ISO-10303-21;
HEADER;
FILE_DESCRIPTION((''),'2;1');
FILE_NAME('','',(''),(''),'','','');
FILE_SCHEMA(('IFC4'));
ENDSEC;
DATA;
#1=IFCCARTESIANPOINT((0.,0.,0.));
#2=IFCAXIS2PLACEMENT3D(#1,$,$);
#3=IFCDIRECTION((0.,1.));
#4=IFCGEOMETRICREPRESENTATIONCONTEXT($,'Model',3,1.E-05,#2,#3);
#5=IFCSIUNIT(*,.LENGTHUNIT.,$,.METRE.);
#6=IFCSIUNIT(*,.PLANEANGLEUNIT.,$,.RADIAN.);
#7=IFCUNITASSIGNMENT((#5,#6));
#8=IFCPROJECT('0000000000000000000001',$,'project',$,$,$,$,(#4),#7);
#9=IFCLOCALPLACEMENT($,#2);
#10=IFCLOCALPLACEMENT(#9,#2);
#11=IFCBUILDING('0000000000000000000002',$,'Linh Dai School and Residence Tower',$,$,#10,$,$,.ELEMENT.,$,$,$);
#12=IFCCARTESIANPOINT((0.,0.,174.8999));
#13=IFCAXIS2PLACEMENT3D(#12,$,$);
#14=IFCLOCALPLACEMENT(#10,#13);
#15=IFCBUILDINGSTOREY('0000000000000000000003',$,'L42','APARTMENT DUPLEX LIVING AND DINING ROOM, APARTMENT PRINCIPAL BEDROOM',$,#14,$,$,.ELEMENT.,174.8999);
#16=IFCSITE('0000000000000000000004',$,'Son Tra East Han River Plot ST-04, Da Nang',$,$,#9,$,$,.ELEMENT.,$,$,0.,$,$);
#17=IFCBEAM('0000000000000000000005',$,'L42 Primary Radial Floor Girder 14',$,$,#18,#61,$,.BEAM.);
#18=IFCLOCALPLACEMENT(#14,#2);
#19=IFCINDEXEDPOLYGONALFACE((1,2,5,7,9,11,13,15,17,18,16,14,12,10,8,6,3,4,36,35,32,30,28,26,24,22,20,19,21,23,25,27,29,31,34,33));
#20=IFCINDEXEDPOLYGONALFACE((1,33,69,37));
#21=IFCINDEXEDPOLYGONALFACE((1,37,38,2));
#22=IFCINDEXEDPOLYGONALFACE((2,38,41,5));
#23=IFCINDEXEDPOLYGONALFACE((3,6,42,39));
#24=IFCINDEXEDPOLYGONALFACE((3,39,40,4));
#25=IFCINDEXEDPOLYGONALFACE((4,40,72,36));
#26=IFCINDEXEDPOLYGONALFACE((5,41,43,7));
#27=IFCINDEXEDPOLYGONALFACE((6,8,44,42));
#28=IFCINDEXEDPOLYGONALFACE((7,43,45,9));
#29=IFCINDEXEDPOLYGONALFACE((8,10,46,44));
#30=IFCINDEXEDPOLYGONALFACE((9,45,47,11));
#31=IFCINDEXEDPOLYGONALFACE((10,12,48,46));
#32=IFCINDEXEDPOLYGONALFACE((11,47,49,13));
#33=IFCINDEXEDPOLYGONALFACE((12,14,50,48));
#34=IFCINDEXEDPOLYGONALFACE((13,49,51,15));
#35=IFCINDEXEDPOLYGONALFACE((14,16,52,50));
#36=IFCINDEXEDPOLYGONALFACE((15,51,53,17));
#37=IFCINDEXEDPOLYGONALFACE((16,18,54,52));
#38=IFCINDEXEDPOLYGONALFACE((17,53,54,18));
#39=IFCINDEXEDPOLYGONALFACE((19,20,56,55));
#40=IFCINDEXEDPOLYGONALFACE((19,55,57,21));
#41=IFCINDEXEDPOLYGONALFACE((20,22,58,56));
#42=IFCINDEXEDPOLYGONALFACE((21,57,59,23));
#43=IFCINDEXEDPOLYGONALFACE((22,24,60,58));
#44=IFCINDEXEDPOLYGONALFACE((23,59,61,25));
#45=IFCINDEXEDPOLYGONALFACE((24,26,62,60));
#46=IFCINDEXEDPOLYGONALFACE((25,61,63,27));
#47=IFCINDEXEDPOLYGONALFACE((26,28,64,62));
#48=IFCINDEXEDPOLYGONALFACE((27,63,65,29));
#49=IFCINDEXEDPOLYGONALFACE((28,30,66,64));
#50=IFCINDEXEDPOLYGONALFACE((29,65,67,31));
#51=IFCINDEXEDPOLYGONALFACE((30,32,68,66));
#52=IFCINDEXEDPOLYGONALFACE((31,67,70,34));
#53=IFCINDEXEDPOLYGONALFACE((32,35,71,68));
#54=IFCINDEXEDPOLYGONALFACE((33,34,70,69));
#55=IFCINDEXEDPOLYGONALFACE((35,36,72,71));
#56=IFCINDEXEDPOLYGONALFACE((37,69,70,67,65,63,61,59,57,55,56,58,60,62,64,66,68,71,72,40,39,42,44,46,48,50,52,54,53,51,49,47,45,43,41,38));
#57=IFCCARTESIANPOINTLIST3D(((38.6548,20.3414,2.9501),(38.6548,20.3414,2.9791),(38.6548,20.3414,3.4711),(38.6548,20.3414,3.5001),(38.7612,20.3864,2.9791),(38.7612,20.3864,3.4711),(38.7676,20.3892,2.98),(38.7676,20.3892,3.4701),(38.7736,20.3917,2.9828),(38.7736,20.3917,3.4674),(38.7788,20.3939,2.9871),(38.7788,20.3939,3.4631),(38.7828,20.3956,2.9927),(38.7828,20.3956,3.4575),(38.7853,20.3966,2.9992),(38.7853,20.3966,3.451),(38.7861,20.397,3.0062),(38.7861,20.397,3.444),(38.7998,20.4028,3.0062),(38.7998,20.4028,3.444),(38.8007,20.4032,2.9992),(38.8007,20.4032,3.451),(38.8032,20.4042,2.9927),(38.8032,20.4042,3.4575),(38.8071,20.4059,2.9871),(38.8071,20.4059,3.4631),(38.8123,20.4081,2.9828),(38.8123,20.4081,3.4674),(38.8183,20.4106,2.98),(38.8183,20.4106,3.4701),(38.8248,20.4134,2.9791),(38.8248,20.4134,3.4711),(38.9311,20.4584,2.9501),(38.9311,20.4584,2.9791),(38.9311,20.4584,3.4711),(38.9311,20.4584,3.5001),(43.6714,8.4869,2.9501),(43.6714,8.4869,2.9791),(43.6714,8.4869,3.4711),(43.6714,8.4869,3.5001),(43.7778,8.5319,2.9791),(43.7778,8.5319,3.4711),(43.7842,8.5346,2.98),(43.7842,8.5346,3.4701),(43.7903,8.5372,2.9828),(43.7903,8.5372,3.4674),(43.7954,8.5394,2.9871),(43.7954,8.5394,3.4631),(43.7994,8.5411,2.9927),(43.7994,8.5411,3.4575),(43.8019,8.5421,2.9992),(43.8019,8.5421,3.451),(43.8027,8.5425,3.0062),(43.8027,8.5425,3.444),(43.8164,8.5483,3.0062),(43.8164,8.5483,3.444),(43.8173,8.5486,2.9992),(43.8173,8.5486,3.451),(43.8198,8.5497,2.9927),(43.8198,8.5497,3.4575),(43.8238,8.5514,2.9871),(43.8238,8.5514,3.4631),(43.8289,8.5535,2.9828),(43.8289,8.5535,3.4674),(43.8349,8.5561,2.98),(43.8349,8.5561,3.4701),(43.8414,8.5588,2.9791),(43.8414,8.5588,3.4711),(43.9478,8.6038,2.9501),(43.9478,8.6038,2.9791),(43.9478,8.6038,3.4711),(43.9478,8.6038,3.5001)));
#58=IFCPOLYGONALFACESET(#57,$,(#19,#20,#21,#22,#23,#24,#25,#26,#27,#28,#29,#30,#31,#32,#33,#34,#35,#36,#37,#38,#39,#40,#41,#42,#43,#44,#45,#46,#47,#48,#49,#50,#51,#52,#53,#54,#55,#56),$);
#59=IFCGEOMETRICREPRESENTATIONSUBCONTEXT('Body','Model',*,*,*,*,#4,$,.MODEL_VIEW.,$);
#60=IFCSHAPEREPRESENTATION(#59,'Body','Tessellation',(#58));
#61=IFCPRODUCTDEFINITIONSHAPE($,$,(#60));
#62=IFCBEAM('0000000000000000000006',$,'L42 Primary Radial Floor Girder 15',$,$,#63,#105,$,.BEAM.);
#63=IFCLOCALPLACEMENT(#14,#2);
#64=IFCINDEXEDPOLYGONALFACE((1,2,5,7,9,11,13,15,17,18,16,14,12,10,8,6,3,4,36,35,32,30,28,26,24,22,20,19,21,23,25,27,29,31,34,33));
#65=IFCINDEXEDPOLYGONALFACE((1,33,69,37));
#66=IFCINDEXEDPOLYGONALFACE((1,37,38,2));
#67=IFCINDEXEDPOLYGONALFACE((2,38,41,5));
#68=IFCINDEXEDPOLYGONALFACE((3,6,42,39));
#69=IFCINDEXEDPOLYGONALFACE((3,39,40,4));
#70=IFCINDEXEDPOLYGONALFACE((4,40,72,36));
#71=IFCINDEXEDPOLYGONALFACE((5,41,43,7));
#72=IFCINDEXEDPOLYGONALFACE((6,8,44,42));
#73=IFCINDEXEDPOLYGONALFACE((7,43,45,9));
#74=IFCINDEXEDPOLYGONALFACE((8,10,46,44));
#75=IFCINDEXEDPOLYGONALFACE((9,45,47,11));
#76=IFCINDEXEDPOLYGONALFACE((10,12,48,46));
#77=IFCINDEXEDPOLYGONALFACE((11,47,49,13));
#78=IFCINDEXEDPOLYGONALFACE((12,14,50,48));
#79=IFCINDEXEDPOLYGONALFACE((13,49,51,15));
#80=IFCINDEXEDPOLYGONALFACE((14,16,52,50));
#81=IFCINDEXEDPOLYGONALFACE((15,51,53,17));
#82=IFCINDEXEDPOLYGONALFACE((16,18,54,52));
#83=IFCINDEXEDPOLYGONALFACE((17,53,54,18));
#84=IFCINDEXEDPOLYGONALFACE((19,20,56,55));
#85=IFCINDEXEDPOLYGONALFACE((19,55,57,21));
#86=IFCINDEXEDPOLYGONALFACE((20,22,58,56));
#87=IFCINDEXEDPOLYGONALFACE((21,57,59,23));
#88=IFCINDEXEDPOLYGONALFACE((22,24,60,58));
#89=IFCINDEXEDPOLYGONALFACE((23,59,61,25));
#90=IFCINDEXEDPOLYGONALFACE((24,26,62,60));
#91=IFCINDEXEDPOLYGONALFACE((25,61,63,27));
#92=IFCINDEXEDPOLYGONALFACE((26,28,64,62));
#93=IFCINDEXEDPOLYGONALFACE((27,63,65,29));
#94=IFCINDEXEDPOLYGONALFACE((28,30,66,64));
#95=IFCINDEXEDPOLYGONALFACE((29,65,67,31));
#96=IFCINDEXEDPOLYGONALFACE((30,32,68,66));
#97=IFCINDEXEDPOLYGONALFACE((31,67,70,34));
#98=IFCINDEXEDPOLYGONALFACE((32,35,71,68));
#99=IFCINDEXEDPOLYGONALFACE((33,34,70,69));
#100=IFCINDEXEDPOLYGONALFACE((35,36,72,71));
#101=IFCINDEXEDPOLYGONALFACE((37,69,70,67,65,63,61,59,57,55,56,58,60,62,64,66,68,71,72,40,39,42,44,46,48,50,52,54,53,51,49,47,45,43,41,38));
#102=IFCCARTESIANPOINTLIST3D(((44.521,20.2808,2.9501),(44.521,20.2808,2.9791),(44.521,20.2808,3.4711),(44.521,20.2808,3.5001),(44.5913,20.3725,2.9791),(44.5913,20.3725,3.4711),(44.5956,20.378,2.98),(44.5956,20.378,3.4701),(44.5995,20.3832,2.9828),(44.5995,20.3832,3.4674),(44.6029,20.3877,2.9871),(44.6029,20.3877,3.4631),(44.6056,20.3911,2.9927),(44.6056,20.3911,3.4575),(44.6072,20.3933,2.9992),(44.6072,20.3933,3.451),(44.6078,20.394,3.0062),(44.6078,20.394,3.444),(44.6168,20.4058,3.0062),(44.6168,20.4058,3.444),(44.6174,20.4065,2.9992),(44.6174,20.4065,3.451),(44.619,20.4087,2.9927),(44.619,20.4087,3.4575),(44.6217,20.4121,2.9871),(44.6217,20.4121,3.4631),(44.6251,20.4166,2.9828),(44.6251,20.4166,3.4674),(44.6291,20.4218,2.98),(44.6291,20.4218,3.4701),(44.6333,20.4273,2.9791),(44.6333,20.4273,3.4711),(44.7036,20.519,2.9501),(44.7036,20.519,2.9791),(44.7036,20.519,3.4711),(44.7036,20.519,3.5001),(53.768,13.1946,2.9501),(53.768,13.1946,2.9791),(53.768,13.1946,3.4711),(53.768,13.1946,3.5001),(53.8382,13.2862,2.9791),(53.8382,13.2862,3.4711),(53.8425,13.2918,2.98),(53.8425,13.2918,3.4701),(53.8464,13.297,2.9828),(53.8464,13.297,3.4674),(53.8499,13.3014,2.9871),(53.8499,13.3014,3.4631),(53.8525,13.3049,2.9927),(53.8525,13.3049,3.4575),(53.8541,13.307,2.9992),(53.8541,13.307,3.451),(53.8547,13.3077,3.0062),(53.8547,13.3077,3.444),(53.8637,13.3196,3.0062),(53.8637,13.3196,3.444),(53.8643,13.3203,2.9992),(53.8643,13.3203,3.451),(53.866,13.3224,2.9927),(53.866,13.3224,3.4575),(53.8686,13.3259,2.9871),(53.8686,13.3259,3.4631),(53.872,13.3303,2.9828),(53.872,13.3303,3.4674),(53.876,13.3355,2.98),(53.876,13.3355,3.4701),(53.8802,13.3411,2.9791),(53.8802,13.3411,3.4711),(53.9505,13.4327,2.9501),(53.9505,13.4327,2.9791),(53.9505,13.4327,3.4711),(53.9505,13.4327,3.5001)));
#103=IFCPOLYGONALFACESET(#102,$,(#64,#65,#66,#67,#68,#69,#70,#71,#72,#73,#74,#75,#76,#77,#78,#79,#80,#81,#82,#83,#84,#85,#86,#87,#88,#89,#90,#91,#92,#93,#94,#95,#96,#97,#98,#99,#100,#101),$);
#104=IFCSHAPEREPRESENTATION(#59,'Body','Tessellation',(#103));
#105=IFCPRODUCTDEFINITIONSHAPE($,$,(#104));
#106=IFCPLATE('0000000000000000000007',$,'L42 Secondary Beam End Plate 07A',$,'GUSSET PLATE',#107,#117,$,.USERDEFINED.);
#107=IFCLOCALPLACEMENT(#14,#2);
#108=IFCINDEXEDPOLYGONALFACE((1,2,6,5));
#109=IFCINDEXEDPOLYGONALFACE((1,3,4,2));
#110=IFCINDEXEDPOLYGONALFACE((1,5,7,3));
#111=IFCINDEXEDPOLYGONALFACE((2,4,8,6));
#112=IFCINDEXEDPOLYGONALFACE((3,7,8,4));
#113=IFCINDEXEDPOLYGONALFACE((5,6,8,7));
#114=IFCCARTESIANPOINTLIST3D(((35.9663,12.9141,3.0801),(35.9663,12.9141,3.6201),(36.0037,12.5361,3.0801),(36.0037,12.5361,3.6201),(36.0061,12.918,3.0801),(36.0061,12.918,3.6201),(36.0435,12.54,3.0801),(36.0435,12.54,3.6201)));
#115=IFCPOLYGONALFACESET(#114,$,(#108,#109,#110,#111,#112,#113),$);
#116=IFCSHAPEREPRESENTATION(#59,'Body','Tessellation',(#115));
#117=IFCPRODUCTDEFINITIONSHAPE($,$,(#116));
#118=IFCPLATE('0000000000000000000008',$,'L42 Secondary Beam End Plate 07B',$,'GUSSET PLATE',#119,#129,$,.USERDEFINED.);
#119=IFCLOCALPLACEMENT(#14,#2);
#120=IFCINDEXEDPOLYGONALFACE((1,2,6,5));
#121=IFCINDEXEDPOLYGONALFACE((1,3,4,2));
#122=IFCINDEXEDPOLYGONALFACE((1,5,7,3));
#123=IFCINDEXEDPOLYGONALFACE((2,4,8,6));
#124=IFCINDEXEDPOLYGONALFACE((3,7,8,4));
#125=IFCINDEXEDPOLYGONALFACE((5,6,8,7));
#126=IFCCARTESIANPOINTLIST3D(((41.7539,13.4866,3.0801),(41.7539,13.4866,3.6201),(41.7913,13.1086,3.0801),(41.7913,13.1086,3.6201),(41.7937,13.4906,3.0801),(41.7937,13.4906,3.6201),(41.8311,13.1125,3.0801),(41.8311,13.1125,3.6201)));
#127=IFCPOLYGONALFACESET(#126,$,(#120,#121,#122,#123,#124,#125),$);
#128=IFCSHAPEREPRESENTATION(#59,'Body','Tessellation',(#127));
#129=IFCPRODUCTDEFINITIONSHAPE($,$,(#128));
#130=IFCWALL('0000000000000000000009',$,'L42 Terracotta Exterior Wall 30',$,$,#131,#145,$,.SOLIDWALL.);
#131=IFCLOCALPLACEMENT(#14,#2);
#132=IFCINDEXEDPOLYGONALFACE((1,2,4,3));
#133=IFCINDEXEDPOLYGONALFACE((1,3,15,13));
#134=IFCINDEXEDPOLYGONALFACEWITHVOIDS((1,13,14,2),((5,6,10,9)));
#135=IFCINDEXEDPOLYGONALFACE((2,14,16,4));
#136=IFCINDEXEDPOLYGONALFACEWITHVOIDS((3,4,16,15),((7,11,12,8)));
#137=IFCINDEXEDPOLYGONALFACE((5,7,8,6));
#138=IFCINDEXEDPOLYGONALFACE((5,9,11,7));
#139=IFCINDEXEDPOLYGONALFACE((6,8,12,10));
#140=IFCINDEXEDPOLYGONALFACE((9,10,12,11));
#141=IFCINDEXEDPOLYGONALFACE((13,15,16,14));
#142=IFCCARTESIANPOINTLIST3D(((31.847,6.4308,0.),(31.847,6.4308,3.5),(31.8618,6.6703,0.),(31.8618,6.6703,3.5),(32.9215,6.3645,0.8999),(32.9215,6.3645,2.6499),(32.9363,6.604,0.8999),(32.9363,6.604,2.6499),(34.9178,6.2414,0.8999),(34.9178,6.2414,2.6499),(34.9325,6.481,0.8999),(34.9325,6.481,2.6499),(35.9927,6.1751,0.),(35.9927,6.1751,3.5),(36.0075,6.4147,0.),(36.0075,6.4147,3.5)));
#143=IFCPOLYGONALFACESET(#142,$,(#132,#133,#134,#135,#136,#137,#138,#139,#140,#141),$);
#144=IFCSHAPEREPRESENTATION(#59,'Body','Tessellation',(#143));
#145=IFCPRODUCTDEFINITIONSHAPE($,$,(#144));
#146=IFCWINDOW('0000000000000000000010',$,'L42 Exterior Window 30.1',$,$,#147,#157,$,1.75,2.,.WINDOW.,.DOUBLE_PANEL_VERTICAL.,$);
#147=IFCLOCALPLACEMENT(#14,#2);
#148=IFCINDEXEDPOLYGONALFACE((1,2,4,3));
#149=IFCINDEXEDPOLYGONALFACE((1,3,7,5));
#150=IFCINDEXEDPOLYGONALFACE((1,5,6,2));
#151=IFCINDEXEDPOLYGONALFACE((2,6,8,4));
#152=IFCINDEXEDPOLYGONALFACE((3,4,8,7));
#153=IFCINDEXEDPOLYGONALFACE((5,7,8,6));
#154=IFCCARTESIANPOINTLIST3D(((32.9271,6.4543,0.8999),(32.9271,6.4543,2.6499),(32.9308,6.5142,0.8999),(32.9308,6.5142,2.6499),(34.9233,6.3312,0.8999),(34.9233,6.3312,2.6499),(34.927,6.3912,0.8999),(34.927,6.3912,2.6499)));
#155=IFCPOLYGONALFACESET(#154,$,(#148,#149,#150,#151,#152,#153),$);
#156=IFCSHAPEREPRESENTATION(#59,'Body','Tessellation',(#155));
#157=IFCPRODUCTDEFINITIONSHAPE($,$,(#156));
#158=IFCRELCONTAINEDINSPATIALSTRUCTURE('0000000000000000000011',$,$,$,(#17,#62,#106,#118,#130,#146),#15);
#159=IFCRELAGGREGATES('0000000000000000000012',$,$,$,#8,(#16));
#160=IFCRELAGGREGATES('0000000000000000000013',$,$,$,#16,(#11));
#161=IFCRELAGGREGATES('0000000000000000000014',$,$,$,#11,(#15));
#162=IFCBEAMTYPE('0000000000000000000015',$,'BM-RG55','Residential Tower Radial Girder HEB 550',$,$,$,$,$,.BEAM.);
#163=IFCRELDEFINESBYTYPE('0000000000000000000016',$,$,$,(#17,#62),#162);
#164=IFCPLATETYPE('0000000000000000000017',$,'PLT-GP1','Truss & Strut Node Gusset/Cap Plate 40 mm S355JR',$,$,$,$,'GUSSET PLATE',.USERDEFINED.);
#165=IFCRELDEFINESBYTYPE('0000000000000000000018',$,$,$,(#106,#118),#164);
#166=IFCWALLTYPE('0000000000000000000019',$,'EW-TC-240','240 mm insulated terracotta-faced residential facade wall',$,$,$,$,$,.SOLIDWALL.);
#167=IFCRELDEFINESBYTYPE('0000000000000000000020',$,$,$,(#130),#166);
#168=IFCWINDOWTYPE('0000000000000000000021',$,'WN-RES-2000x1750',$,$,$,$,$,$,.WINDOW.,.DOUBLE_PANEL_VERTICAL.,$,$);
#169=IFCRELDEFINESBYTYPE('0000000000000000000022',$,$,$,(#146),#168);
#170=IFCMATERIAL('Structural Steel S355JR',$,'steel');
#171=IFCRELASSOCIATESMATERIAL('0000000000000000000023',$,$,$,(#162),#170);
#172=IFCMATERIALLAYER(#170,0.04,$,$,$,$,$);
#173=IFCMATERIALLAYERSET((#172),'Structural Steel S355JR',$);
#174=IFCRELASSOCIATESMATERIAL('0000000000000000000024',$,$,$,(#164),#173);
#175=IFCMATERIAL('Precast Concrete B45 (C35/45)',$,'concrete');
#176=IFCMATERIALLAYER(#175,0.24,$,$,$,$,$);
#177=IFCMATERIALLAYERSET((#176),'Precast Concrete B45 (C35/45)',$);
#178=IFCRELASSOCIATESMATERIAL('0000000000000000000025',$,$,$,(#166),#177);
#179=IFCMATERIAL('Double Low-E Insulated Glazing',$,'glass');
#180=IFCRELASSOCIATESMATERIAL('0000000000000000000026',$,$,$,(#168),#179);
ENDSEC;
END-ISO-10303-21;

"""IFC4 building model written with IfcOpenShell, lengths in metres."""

from ifc_helpers import new_model, si_unit, direction, frame, frame_2d, origin, origin_2d, place, context, subcontext, project, spatial, rectangle, i_section, extrude, source, transform, mapped, material, layer, layer_set, material_profile, profile_set, type_object, element, fill, save


model = new_model("IFC4")

# Units and contexts
model_context = context("Model", 3, precision=1e-05, world=origin(), true_north=direction((0.0, 1.0)))
body_context = subcontext(model_context, "Body", "Model", "MODEL_VIEW")
ifc_project = project(units=[si_unit("LENGTHUNIT", "METRE"), si_unit("PLANEANGLEUNIT", "RADIAN")], contexts=[model_context])

# Site, building, storey
site_placement = place(None, origin())
site = spatial("IfcSite", under=ifc_project, at=site_placement, Name="Son Tra East Han River Plot ST-04, Da Nang", CompositionType="ELEMENT", RefElevation=0.0)
building_placement = place(site_placement, origin())
building = spatial("IfcBuilding", under=site, at=building_placement, Name="Linh Dai School and Residence Tower", CompositionType="ELEMENT")
storey_placement = place(building_placement, frame((0.0, 0.0, 174.8999)))
storey = spatial("IfcBuildingStorey", under=building, at=storey_placement, Name="L42", Description="APARTMENT DUPLEX LIVING AND DINING ROOM, APARTMENT PRINCIPAL BEDROOM", CompositionType="ELEMENT", Elevation=174.8999)

# Shared definitions
ifc_material_1 = material(Name="Structural Steel S355JR", Category="steel")

# Beams
ifc_material_profile_1 = material_profile(ifc_material_1, i_section(OverallWidth=0.3, OverallDepth=0.55, WebThickness=0.0149, FlangeThickness=0.0291, FilletRadius=0.0271, at=origin_2d()), Name="HEB 550")
ifc_profile_set_1 = profile_set([ifc_material_profile_1], Name="Structural Steel S355JR")
beam_type_1 = type_object("IfcBeamType", Name="BM-RG55", Description="Residential Tower Radial Girder HEB 550", PredefinedType="BEAM", material=ifc_profile_set_1)
beam_1_placement = place(storey_placement, frame((38.793, 20.3999, 3.2251), z_axis=(0.389722, -0.920933, 0.0), x_axis=(0.920933, 0.389722, 0.0)))
element("IfcBeam", 1, at=beam_1_placement, inside=storey, type_object=beam_type_1, Name="L42 Primary Radial Floor Girder 14", PredefinedType="BEAM", context=body_context, shape_type="SweptSolid", body=[
    extrude(i_section(OverallWidth=0.3, OverallDepth=0.55, WebThickness=0.0149, FlangeThickness=0.0291, FilletRadius=0.0271, at=origin_2d()), origin(), (0.0, 0.0, 1.0), 12.8723),
])
beam_2_placement = place(storey_placement, frame((44.6123, 20.3999, 3.2251), z_axis=(0.793733, -0.608267, 0.0), x_axis=(0.608267, 0.793733, 0.0)))
element("IfcBeam", 2, at=beam_2_placement, inside=storey, type_object=beam_type_1, Name="L42 Primary Radial Floor Girder 15", PredefinedType="BEAM", context=body_context, shape_type="SweptSolid", body=[
    extrude(i_section(OverallWidth=0.3, OverallDepth=0.55, WebThickness=0.0149, FlangeThickness=0.0291, FilletRadius=0.0271, at=origin_2d()), origin(), (0.0, 0.0, 1.0), 11.6499),
])

# Plates
ifc_layer_1 = layer(ifc_material_1, 0.04)
ifc_layer_set_1 = layer_set([ifc_layer_1], Name="Structural Steel S355JR")
plate_type = type_object("IfcPlateType", Name="PLT-GP1", Description="Truss & Strut Node Gusset/Cap Plate 40 mm S355JR", ElementType="GUSSET PLATE", PredefinedType="USERDEFINED", material=ifc_layer_set_1)
shared_shape_1 = source(origin(), body_context, "Body", "SweptSolid", [
    extrude(rectangle(XDim=0.04, YDim=0.3799, at=origin_2d()), origin(), (0.0, 0.0, 1.0), 0.54),
])
for number, where, z_axis, x_axis, name in (
    (3, (36.0049, 12.7271, 3.0801), (0.0, 0.0, 1.0), (0.995145, 0.098423, 0.0), "L42 Secondary Beam End Plate 07A"),
    (4, (41.7925, 13.2996, 3.0801), (0.0, 0.0, 1.0), (0.995145, 0.098423, 0.0), "L42 Secondary Beam End Plate 07B"),
):
    element("IfcPlate", number, at=place(storey_placement, frame(where, z_axis=z_axis, x_axis=x_axis)), inside=storey, type_object=plate_type, Name=name, ObjectType="GUSSET PLATE", PredefinedType="USERDEFINED", context=body_context, shape_type="MappedRepresentation", body=[
        mapped(shared_shape_1, transform((0.0, 0.0, 0.0), x_axis=(1.0, 0.0, 0.0), y_axis=(0.0, 1.0, 0.0), z_axis=(0.0, 0.0, 1.0), scale=1.0)),
    ])

# Wall, opening, window
ifc_material_2 = material(Name="Precast Concrete B45 (C35/45)", Category="concrete")
ifc_layer_2 = layer(ifc_material_2, 0.24)
ifc_layer_set_2 = layer_set([ifc_layer_2], Name="Precast Concrete B45 (C35/45)")
wall_type_1 = type_object("IfcWallType", Name="EW-TC-240", Description="240 mm insulated terracotta-faced residential facade wall", PredefinedType="SOLIDWALL", material=ifc_layer_set_2)
wall_1_placement = place(storey_placement, frame((36.0, 6.2949, 0.0), z_axis=(0.0, 0.0, 1.0), x_axis=(-0.998105, 0.06154, 0.0)))
wall_1 = element("IfcWall", 5, at=wall_1_placement, inside=storey, type_object=wall_type_1, Name="L42 Terracotta Exterior Wall 30", PredefinedType="SOLIDWALL", context=body_context, shape_type="SweptSolid", body=[
    extrude(rectangle(XDim=4.1536, YDim=0.24, at=frame_2d((2.0767, 0.0))), origin(), (0.0, 0.0, 1.0), 3.5),
])
opening_1_placement = place(wall_1_placement, frame((1.0769, 0.0, 0.8999)))
opening_1 = element("IfcOpeningElement", 6, at=opening_1_placement, cuts=wall_1, PredefinedType="OPENING", context=body_context, shape_type="SweptSolid", body=[
    extrude(rectangle(XDim=2.0, YDim=1.75, at=origin_2d()), frame((1.0, 0.1299, 0.875), z_axis=(0.0, -1.0, 0.0), x_axis=(1.0, 0.0, 0.0)), (0.0, 0.0, 1.0), 0.26),
])
ifc_material_3 = material(Name="Double Low-E Insulated Glazing", Category="glass")
window_type = type_object("IfcWindowType", Name="WN-RES-2000x1750", PartitioningType="DOUBLE_PANEL_VERTICAL", PredefinedType="WINDOW", material=ifc_material_3)
shared_shape_2 = source(origin(), body_context, "Body", "SweptSolid", [
    extrude(rectangle(XDim=2.0, YDim=1.75, at=origin_2d()), frame((1.0, 0.03, 0.875), z_axis=(0.0, -1.0, 0.0), x_axis=(1.0, 0.0, 0.0)), (0.0, 0.0, 1.0), 0.0601),
])
window_1_placement = place(opening_1_placement, origin())
window_1 = element("IfcWindow", 7, at=window_1_placement, inside=storey, type_object=window_type, Name="L42 Exterior Window 30.1", OverallHeight=1.75, OverallWidth=2.0, PartitioningType="DOUBLE_PANEL_VERTICAL", PredefinedType="WINDOW", context=body_context, shape_type="MappedRepresentation", body=[
    mapped(shared_shape_2, transform((0.0, 0.0, 0.0), x_axis=(1.0, 0.0, 0.0), y_axis=(0.0, 1.0, 0.0), z_axis=(0.0, 0.0, 1.0), scale=1.0)),
])
fill(opening_1, window_1)

save(model, "model.ifc")
